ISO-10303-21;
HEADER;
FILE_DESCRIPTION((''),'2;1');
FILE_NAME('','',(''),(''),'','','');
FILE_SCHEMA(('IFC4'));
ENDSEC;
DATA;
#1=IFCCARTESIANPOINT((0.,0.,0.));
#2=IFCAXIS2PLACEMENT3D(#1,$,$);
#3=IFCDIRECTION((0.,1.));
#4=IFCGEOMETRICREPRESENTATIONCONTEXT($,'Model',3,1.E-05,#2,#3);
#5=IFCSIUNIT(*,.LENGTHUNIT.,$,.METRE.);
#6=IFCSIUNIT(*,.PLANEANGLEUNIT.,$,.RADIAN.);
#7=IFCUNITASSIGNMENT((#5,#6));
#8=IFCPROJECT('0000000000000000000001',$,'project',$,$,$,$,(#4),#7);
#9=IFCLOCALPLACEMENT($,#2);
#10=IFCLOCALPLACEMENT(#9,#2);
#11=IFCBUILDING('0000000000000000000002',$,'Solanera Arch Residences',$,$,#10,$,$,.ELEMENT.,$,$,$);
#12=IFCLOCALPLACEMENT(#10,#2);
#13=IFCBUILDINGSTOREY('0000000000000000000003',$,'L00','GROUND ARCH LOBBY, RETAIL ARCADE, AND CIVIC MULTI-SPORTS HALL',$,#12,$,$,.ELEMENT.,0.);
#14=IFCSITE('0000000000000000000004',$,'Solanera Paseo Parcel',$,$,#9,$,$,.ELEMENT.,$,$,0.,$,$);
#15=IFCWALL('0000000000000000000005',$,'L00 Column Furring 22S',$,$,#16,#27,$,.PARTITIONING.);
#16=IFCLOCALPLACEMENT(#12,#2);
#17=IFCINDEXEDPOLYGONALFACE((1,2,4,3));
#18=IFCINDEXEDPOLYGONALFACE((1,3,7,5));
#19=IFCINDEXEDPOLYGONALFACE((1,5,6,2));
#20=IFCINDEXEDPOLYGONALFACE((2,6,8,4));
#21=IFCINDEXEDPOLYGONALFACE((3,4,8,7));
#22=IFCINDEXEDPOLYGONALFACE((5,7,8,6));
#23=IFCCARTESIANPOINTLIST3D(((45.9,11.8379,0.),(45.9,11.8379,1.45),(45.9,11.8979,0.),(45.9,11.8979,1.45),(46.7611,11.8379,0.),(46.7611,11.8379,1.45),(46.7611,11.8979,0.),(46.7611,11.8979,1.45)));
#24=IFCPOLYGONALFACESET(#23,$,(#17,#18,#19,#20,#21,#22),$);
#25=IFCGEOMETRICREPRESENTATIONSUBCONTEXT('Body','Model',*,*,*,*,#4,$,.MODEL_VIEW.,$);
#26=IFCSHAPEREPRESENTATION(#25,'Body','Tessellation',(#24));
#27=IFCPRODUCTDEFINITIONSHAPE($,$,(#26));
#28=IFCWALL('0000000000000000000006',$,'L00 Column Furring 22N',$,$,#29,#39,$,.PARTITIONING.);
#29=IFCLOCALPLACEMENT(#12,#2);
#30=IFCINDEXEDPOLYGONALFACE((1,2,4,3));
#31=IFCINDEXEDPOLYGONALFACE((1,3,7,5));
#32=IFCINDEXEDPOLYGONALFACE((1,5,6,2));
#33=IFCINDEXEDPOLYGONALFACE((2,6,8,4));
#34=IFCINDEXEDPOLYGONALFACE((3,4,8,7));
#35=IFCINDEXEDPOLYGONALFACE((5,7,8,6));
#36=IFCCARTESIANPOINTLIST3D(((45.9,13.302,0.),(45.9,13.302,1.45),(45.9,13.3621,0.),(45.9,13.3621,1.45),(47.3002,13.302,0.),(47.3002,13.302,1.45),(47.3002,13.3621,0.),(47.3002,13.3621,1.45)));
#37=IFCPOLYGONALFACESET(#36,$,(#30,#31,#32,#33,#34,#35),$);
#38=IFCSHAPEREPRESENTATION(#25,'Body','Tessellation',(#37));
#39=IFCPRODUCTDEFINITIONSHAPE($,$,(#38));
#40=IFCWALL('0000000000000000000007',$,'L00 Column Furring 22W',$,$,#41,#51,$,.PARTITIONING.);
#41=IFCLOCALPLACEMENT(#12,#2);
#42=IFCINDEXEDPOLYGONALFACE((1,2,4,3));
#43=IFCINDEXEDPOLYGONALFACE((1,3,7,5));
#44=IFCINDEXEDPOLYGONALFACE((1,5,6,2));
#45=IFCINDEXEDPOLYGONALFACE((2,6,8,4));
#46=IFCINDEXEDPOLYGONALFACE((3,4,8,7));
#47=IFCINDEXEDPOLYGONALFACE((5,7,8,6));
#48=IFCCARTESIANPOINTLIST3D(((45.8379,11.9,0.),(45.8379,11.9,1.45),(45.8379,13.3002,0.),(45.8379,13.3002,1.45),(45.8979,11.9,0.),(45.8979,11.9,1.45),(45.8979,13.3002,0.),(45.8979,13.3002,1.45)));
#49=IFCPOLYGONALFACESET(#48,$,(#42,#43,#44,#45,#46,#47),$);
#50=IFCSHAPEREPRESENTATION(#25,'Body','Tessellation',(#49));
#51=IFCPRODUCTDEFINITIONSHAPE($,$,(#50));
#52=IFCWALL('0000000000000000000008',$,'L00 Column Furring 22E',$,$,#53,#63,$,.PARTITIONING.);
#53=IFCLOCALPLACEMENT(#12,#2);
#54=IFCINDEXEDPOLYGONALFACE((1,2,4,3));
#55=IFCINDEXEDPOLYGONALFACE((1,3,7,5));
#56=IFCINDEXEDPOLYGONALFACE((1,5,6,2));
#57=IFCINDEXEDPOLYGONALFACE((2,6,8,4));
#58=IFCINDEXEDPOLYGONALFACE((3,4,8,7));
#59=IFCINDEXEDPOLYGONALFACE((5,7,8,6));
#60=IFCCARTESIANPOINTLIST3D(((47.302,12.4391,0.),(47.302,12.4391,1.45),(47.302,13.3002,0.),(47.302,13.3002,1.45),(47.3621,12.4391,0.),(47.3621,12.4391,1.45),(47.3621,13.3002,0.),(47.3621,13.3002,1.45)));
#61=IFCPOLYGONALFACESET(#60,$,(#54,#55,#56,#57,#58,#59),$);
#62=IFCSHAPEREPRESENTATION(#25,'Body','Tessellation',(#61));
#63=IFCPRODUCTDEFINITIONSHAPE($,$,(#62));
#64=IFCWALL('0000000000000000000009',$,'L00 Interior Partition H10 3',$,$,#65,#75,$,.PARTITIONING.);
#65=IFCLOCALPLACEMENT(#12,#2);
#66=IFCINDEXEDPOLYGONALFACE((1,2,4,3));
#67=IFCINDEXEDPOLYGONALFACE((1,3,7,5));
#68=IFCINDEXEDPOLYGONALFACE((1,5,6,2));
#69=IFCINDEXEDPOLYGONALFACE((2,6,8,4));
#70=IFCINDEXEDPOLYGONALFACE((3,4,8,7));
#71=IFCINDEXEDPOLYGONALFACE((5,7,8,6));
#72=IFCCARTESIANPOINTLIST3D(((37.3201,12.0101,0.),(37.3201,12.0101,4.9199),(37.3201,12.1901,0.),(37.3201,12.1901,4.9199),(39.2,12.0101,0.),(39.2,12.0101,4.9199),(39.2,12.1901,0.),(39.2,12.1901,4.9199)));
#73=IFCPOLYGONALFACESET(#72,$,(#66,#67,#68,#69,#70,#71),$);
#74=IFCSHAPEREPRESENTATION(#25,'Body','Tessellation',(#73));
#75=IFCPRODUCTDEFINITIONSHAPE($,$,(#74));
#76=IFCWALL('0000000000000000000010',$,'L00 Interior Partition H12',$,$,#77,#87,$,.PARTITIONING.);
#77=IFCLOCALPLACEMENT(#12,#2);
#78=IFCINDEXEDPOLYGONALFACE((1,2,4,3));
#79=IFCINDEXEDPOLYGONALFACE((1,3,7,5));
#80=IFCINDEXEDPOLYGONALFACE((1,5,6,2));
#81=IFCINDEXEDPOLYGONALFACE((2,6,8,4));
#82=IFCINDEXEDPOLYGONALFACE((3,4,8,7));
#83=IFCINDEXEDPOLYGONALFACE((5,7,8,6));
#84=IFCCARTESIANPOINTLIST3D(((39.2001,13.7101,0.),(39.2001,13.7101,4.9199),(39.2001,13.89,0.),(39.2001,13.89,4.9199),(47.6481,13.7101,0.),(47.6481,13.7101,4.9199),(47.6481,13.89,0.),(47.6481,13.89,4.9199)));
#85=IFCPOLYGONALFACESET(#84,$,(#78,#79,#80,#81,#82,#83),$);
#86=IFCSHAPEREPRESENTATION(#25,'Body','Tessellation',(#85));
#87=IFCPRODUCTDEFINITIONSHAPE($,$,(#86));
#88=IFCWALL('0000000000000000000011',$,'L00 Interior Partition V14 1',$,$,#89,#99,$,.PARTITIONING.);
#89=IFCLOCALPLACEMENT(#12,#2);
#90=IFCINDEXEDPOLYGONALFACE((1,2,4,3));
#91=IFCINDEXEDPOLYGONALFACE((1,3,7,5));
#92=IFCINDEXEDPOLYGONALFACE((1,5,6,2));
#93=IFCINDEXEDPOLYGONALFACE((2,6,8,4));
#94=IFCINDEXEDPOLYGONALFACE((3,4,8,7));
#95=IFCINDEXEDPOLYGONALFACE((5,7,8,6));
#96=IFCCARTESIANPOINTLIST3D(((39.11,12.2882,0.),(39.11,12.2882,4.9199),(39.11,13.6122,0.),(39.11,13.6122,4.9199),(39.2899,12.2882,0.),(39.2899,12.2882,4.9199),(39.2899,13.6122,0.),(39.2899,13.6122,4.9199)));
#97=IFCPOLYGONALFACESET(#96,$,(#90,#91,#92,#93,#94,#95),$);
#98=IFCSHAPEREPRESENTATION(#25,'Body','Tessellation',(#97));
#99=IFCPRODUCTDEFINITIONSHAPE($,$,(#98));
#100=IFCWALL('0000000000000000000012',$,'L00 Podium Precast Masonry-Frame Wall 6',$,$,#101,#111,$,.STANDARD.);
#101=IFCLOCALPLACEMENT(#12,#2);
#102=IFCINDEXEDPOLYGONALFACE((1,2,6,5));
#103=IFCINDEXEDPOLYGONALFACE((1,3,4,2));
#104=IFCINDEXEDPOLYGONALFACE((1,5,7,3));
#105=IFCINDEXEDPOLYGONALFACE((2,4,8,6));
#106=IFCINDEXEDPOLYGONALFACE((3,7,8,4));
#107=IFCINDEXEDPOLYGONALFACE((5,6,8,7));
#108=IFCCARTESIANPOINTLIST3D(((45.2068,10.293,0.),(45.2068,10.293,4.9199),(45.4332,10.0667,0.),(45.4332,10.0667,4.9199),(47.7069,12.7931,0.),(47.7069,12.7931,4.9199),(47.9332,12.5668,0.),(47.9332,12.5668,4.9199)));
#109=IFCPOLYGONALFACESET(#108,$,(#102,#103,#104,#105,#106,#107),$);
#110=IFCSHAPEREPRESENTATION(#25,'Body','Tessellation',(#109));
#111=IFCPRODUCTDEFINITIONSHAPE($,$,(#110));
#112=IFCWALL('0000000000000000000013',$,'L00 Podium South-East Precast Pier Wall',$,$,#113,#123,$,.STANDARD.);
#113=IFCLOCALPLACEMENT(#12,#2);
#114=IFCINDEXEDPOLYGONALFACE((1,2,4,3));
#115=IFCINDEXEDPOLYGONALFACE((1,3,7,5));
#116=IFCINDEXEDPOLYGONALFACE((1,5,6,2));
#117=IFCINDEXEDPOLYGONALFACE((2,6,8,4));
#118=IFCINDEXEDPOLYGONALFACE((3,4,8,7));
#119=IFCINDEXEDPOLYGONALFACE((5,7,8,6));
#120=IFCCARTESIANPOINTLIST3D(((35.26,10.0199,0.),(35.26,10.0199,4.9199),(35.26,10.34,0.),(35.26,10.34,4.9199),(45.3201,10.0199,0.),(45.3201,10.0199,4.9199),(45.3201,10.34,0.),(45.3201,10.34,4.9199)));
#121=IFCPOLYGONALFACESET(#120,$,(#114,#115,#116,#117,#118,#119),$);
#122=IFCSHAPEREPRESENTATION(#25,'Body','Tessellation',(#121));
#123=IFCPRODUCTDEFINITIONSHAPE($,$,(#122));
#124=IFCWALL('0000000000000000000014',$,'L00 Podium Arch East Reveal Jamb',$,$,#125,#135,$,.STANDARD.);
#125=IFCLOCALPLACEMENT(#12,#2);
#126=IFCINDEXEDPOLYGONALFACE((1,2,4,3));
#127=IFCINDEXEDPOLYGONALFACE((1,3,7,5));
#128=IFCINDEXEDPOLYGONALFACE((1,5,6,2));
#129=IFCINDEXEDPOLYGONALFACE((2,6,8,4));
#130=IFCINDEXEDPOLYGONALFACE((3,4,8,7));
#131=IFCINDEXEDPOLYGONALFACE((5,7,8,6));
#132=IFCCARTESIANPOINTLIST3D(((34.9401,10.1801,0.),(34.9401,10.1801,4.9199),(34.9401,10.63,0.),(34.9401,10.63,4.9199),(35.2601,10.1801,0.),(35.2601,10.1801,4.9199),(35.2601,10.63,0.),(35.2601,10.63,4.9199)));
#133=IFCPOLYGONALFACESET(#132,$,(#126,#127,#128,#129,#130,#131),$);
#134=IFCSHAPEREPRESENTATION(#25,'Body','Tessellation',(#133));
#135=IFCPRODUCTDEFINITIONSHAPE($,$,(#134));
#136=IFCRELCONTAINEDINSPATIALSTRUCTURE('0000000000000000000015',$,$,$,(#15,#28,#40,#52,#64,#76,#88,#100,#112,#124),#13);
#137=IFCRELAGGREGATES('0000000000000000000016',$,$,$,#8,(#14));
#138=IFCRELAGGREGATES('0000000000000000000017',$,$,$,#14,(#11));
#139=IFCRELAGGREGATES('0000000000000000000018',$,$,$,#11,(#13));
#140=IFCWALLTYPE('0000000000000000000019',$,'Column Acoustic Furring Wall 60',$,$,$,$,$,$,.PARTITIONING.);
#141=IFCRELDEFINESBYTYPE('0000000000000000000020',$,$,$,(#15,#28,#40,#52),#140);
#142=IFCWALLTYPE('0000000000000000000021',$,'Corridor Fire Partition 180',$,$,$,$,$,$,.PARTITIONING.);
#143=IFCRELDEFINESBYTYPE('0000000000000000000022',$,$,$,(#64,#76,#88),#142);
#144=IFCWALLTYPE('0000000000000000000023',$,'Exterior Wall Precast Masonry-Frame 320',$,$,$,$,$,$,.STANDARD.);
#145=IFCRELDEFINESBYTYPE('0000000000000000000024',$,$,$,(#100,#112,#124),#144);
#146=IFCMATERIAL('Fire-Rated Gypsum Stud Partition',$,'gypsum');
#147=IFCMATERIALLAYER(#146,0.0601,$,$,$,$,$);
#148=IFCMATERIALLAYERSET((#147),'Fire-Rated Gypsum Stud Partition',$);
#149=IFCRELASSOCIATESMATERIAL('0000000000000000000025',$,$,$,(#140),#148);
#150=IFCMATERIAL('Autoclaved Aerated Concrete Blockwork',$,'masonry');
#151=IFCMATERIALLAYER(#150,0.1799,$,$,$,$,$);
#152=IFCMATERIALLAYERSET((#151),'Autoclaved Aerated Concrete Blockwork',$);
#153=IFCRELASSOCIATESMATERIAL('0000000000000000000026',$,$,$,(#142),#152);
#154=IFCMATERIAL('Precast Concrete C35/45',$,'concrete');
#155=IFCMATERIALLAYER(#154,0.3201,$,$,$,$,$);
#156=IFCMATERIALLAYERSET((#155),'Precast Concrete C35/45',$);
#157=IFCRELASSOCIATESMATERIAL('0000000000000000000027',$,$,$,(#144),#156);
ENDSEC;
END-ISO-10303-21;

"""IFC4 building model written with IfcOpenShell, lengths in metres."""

from ifc_helpers import new_model, si_unit, direction, frame, frame_2d, origin, place, context, subcontext, project, spatial, rectangle, extrude, material, layer, layer_set, type_object, element, save


model = new_model("IFC4")

# Units and contexts
model_context = context("Model", 3, precision=1e-05, world=origin(), true_north=direction((0.0, 1.0)))
body_context = subcontext(model_context, "Body", "Model", "MODEL_VIEW")
ifc_project = project(units=[si_unit("LENGTHUNIT", "METRE"), si_unit("PLANEANGLEUNIT", "RADIAN")], contexts=[model_context])

# Site, building, storey
site_placement = place(None, origin())
site = spatial("IfcSite", under=ifc_project, at=site_placement, Name="Solanera Paseo Parcel", CompositionType="ELEMENT", RefElevation=0.0)
building_placement = place(site_placement, origin())
building = spatial("IfcBuilding", under=site, at=building_placement, Name="Solanera Arch Residences", CompositionType="ELEMENT")
storey_placement = place(building_placement, origin())
storey = spatial("IfcBuildingStorey", under=building, at=storey_placement, Name="L00", Description="GROUND ARCH LOBBY, RETAIL ARCADE, AND CIVIC MULTI-SPORTS HALL", CompositionType="ELEMENT", Elevation=0.0)

# Walls
ifc_material_1 = material(Name="Fire-Rated Gypsum Stud Partition", Category="gypsum")
ifc_layer_1 = layer(ifc_material_1, 0.0601)
ifc_layer_set_1 = layer_set([ifc_layer_1], Name="Fire-Rated Gypsum Stud Partition")
wall_type_1 = type_object("IfcWallType", Name="Column Acoustic Furring Wall 60", PredefinedType="PARTITIONING", material=ifc_layer_set_1)
wall_1_placement = place(storey_placement, frame((45.8999, 11.8679, 0.0), z_axis=(0.0, 0.0, 1.0), x_axis=(1.0, 0.0, 0.0)))
element("IfcWall", 1, at=wall_1_placement, inside=storey, type_object=wall_type_1, Name="L00 Column Furring 22S", PredefinedType="PARTITIONING", context=body_context, shape_type="SweptSolid", body=[
    extrude(rectangle(XDim=0.8611, YDim=0.0601, at=frame_2d((0.4307, 0.0))), origin(), (0.0, 0.0, 1.0), 1.45),
])
for number, where, z_axis, x_axis, name in (
    (2, (45.8999, 13.332, 0.0), (0.0, 0.0, 1.0), (1.0, 0.0, 0.0), "L00 Column Furring 22N"),
    (3, (45.8679, 11.8999, 0.0), (0.0, 0.0, 1.0), (0.0, 1.0, 0.0), "L00 Column Furring 22W"),
):
    element("IfcWall", number, at=place(storey_placement, frame(where, z_axis=z_axis, x_axis=x_axis)), inside=storey, type_object=wall_type_1, Name=name, PredefinedType="PARTITIONING", context=body_context, shape_type="SweptSolid", body=[
        extrude(rectangle(XDim=1.4001, YDim=0.0601, at=frame_2d((0.7002, 0.0))), origin(), (0.0, 0.0, 1.0), 1.45),
    ])
wall_2_placement = place(storey_placement, frame((47.332, 12.439, 0.0), z_axis=(0.0, 0.0, 1.0), x_axis=(0.0, 1.0, 0.0)))
element("IfcWall", 4, at=wall_2_placement, inside=storey, type_object=wall_type_1, Name="L00 Column Furring 22E", PredefinedType="PARTITIONING", context=body_context, shape_type="SweptSolid", body=[
    extrude(rectangle(XDim=0.8611, YDim=0.0601, at=frame_2d((0.4307, 0.0))), origin(), (0.0, 0.0, 1.0), 1.45),
])
ifc_material_2 = material(Name="Autoclaved Aerated Concrete Blockwork", Category="masonry")
ifc_layer_2 = layer(ifc_material_2, 0.1799)
ifc_layer_set_2 = layer_set([ifc_layer_2], Name="Autoclaved Aerated Concrete Blockwork")
wall_type_2 = type_object("IfcWallType", Name="Corridor Fire Partition 180", PredefinedType="PARTITIONING", material=ifc_layer_set_2)
wall_3_placement = place(storey_placement, frame((37.3201, 12.1001, 0.0), z_axis=(0.0, 0.0, 1.0), x_axis=(1.0, 0.0, 0.0)))
element("IfcWall", 5, at=wall_3_placement, inside=storey, type_object=wall_type_2, Name="L00 Interior Partition H10 3", PredefinedType="PARTITIONING", context=body_context, shape_type="SweptSolid", body=[
    extrude(rectangle(XDim=1.8799, YDim=0.1799, at=frame_2d((0.9399, 0.0))), origin(), (0.0, 0.0, 1.0), 4.9199),
])
wall_4_placement = place(storey_placement, frame((39.2, 13.8, 0.0), z_axis=(0.0, 0.0, 1.0), x_axis=(1.0, 0.0, 0.0)))
element("IfcWall", 6, at=wall_4_placement, inside=storey, type_object=wall_type_2, Name="L00 Interior Partition H12", PredefinedType="PARTITIONING", context=body_context, shape_type="SweptSolid", body=[
    extrude(rectangle(XDim=8.448, YDim=0.1799, at=frame_2d((4.2241, 0.0))), origin(), (0.0, 0.0, 1.0), 4.9199),
])
wall_5_placement = place(storey_placement, frame((39.2, 12.2881, 0.0), z_axis=(0.0, 0.0, 1.0), x_axis=(0.0, 1.0, 0.0)))
element("IfcWall", 7, at=wall_5_placement, inside=storey, type_object=wall_type_2, Name="L00 Interior Partition V14 1", PredefinedType="PARTITIONING", context=body_context, shape_type="SweptSolid", body=[
    extrude(rectangle(XDim=1.324, YDim=0.1799, at=frame_2d((0.6621, 0.0))), origin(), (0.0, 0.0, 1.0), 4.9199),
])
ifc_material_3 = material(Name="Precast Concrete C35/45", Category="concrete")
ifc_layer_3 = layer(ifc_material_3, 0.3201)
ifc_layer_set_3 = layer_set([ifc_layer_3], Name="Precast Concrete C35/45")
wall_type_3 = type_object("IfcWallType", Name="Exterior Wall Precast Masonry-Frame 320", PredefinedType="STANDARD", material=ifc_layer_set_3)
wall_6_placement = place(storey_placement, frame((47.8201, 12.6799, 0.0), z_axis=(0.0, 0.0, 1.0), x_axis=(-0.707107, -0.707107, 0.0)))
element("IfcWall", 8, at=wall_6_placement, inside=storey, type_object=wall_type_3, Name="L00 Podium Precast Masonry-Frame Wall 6", PredefinedType="STANDARD", context=body_context, shape_type="SweptSolid", body=[
    extrude(rectangle(XDim=3.5356, YDim=0.3201, at=frame_2d((1.7678, 0.0))), origin(), (0.0, 0.0, 1.0), 4.9199),
])
wall_7_placement = place(storey_placement, frame((45.3201, 10.1799, 0.0), z_axis=(0.0, 0.0, 1.0), x_axis=(-1.0, 0.0, 0.0)))
element("IfcWall", 9, at=wall_7_placement, inside=storey, type_object=wall_type_3, Name="L00 Podium South-East Precast Pier Wall", PredefinedType="STANDARD", context=body_context, shape_type="SweptSolid", body=[
    extrude(rectangle(XDim=10.0601, YDim=0.3201, at=frame_2d((5.03, 0.0))), origin(), (0.0, 0.0, 1.0), 4.9199),
])
wall_8_placement = place(storey_placement, frame((35.1001, 10.1799, 0.0), z_axis=(0.0, 0.0, 1.0), x_axis=(0.0, 1.0, 0.0)))
element("IfcWall", 10, at=wall_8_placement, inside=storey, type_object=wall_type_3, Name="L00 Podium Arch East Reveal Jamb", PredefinedType="STANDARD", context=body_context, shape_type="SweptSolid", body=[
    extrude(rectangle(XDim=0.45, YDim=0.3201, at=frame_2d((0.2251, 0.0))), origin(), (0.0, 0.0, 1.0), 4.9199),
])

save(model, "model.ifc")
